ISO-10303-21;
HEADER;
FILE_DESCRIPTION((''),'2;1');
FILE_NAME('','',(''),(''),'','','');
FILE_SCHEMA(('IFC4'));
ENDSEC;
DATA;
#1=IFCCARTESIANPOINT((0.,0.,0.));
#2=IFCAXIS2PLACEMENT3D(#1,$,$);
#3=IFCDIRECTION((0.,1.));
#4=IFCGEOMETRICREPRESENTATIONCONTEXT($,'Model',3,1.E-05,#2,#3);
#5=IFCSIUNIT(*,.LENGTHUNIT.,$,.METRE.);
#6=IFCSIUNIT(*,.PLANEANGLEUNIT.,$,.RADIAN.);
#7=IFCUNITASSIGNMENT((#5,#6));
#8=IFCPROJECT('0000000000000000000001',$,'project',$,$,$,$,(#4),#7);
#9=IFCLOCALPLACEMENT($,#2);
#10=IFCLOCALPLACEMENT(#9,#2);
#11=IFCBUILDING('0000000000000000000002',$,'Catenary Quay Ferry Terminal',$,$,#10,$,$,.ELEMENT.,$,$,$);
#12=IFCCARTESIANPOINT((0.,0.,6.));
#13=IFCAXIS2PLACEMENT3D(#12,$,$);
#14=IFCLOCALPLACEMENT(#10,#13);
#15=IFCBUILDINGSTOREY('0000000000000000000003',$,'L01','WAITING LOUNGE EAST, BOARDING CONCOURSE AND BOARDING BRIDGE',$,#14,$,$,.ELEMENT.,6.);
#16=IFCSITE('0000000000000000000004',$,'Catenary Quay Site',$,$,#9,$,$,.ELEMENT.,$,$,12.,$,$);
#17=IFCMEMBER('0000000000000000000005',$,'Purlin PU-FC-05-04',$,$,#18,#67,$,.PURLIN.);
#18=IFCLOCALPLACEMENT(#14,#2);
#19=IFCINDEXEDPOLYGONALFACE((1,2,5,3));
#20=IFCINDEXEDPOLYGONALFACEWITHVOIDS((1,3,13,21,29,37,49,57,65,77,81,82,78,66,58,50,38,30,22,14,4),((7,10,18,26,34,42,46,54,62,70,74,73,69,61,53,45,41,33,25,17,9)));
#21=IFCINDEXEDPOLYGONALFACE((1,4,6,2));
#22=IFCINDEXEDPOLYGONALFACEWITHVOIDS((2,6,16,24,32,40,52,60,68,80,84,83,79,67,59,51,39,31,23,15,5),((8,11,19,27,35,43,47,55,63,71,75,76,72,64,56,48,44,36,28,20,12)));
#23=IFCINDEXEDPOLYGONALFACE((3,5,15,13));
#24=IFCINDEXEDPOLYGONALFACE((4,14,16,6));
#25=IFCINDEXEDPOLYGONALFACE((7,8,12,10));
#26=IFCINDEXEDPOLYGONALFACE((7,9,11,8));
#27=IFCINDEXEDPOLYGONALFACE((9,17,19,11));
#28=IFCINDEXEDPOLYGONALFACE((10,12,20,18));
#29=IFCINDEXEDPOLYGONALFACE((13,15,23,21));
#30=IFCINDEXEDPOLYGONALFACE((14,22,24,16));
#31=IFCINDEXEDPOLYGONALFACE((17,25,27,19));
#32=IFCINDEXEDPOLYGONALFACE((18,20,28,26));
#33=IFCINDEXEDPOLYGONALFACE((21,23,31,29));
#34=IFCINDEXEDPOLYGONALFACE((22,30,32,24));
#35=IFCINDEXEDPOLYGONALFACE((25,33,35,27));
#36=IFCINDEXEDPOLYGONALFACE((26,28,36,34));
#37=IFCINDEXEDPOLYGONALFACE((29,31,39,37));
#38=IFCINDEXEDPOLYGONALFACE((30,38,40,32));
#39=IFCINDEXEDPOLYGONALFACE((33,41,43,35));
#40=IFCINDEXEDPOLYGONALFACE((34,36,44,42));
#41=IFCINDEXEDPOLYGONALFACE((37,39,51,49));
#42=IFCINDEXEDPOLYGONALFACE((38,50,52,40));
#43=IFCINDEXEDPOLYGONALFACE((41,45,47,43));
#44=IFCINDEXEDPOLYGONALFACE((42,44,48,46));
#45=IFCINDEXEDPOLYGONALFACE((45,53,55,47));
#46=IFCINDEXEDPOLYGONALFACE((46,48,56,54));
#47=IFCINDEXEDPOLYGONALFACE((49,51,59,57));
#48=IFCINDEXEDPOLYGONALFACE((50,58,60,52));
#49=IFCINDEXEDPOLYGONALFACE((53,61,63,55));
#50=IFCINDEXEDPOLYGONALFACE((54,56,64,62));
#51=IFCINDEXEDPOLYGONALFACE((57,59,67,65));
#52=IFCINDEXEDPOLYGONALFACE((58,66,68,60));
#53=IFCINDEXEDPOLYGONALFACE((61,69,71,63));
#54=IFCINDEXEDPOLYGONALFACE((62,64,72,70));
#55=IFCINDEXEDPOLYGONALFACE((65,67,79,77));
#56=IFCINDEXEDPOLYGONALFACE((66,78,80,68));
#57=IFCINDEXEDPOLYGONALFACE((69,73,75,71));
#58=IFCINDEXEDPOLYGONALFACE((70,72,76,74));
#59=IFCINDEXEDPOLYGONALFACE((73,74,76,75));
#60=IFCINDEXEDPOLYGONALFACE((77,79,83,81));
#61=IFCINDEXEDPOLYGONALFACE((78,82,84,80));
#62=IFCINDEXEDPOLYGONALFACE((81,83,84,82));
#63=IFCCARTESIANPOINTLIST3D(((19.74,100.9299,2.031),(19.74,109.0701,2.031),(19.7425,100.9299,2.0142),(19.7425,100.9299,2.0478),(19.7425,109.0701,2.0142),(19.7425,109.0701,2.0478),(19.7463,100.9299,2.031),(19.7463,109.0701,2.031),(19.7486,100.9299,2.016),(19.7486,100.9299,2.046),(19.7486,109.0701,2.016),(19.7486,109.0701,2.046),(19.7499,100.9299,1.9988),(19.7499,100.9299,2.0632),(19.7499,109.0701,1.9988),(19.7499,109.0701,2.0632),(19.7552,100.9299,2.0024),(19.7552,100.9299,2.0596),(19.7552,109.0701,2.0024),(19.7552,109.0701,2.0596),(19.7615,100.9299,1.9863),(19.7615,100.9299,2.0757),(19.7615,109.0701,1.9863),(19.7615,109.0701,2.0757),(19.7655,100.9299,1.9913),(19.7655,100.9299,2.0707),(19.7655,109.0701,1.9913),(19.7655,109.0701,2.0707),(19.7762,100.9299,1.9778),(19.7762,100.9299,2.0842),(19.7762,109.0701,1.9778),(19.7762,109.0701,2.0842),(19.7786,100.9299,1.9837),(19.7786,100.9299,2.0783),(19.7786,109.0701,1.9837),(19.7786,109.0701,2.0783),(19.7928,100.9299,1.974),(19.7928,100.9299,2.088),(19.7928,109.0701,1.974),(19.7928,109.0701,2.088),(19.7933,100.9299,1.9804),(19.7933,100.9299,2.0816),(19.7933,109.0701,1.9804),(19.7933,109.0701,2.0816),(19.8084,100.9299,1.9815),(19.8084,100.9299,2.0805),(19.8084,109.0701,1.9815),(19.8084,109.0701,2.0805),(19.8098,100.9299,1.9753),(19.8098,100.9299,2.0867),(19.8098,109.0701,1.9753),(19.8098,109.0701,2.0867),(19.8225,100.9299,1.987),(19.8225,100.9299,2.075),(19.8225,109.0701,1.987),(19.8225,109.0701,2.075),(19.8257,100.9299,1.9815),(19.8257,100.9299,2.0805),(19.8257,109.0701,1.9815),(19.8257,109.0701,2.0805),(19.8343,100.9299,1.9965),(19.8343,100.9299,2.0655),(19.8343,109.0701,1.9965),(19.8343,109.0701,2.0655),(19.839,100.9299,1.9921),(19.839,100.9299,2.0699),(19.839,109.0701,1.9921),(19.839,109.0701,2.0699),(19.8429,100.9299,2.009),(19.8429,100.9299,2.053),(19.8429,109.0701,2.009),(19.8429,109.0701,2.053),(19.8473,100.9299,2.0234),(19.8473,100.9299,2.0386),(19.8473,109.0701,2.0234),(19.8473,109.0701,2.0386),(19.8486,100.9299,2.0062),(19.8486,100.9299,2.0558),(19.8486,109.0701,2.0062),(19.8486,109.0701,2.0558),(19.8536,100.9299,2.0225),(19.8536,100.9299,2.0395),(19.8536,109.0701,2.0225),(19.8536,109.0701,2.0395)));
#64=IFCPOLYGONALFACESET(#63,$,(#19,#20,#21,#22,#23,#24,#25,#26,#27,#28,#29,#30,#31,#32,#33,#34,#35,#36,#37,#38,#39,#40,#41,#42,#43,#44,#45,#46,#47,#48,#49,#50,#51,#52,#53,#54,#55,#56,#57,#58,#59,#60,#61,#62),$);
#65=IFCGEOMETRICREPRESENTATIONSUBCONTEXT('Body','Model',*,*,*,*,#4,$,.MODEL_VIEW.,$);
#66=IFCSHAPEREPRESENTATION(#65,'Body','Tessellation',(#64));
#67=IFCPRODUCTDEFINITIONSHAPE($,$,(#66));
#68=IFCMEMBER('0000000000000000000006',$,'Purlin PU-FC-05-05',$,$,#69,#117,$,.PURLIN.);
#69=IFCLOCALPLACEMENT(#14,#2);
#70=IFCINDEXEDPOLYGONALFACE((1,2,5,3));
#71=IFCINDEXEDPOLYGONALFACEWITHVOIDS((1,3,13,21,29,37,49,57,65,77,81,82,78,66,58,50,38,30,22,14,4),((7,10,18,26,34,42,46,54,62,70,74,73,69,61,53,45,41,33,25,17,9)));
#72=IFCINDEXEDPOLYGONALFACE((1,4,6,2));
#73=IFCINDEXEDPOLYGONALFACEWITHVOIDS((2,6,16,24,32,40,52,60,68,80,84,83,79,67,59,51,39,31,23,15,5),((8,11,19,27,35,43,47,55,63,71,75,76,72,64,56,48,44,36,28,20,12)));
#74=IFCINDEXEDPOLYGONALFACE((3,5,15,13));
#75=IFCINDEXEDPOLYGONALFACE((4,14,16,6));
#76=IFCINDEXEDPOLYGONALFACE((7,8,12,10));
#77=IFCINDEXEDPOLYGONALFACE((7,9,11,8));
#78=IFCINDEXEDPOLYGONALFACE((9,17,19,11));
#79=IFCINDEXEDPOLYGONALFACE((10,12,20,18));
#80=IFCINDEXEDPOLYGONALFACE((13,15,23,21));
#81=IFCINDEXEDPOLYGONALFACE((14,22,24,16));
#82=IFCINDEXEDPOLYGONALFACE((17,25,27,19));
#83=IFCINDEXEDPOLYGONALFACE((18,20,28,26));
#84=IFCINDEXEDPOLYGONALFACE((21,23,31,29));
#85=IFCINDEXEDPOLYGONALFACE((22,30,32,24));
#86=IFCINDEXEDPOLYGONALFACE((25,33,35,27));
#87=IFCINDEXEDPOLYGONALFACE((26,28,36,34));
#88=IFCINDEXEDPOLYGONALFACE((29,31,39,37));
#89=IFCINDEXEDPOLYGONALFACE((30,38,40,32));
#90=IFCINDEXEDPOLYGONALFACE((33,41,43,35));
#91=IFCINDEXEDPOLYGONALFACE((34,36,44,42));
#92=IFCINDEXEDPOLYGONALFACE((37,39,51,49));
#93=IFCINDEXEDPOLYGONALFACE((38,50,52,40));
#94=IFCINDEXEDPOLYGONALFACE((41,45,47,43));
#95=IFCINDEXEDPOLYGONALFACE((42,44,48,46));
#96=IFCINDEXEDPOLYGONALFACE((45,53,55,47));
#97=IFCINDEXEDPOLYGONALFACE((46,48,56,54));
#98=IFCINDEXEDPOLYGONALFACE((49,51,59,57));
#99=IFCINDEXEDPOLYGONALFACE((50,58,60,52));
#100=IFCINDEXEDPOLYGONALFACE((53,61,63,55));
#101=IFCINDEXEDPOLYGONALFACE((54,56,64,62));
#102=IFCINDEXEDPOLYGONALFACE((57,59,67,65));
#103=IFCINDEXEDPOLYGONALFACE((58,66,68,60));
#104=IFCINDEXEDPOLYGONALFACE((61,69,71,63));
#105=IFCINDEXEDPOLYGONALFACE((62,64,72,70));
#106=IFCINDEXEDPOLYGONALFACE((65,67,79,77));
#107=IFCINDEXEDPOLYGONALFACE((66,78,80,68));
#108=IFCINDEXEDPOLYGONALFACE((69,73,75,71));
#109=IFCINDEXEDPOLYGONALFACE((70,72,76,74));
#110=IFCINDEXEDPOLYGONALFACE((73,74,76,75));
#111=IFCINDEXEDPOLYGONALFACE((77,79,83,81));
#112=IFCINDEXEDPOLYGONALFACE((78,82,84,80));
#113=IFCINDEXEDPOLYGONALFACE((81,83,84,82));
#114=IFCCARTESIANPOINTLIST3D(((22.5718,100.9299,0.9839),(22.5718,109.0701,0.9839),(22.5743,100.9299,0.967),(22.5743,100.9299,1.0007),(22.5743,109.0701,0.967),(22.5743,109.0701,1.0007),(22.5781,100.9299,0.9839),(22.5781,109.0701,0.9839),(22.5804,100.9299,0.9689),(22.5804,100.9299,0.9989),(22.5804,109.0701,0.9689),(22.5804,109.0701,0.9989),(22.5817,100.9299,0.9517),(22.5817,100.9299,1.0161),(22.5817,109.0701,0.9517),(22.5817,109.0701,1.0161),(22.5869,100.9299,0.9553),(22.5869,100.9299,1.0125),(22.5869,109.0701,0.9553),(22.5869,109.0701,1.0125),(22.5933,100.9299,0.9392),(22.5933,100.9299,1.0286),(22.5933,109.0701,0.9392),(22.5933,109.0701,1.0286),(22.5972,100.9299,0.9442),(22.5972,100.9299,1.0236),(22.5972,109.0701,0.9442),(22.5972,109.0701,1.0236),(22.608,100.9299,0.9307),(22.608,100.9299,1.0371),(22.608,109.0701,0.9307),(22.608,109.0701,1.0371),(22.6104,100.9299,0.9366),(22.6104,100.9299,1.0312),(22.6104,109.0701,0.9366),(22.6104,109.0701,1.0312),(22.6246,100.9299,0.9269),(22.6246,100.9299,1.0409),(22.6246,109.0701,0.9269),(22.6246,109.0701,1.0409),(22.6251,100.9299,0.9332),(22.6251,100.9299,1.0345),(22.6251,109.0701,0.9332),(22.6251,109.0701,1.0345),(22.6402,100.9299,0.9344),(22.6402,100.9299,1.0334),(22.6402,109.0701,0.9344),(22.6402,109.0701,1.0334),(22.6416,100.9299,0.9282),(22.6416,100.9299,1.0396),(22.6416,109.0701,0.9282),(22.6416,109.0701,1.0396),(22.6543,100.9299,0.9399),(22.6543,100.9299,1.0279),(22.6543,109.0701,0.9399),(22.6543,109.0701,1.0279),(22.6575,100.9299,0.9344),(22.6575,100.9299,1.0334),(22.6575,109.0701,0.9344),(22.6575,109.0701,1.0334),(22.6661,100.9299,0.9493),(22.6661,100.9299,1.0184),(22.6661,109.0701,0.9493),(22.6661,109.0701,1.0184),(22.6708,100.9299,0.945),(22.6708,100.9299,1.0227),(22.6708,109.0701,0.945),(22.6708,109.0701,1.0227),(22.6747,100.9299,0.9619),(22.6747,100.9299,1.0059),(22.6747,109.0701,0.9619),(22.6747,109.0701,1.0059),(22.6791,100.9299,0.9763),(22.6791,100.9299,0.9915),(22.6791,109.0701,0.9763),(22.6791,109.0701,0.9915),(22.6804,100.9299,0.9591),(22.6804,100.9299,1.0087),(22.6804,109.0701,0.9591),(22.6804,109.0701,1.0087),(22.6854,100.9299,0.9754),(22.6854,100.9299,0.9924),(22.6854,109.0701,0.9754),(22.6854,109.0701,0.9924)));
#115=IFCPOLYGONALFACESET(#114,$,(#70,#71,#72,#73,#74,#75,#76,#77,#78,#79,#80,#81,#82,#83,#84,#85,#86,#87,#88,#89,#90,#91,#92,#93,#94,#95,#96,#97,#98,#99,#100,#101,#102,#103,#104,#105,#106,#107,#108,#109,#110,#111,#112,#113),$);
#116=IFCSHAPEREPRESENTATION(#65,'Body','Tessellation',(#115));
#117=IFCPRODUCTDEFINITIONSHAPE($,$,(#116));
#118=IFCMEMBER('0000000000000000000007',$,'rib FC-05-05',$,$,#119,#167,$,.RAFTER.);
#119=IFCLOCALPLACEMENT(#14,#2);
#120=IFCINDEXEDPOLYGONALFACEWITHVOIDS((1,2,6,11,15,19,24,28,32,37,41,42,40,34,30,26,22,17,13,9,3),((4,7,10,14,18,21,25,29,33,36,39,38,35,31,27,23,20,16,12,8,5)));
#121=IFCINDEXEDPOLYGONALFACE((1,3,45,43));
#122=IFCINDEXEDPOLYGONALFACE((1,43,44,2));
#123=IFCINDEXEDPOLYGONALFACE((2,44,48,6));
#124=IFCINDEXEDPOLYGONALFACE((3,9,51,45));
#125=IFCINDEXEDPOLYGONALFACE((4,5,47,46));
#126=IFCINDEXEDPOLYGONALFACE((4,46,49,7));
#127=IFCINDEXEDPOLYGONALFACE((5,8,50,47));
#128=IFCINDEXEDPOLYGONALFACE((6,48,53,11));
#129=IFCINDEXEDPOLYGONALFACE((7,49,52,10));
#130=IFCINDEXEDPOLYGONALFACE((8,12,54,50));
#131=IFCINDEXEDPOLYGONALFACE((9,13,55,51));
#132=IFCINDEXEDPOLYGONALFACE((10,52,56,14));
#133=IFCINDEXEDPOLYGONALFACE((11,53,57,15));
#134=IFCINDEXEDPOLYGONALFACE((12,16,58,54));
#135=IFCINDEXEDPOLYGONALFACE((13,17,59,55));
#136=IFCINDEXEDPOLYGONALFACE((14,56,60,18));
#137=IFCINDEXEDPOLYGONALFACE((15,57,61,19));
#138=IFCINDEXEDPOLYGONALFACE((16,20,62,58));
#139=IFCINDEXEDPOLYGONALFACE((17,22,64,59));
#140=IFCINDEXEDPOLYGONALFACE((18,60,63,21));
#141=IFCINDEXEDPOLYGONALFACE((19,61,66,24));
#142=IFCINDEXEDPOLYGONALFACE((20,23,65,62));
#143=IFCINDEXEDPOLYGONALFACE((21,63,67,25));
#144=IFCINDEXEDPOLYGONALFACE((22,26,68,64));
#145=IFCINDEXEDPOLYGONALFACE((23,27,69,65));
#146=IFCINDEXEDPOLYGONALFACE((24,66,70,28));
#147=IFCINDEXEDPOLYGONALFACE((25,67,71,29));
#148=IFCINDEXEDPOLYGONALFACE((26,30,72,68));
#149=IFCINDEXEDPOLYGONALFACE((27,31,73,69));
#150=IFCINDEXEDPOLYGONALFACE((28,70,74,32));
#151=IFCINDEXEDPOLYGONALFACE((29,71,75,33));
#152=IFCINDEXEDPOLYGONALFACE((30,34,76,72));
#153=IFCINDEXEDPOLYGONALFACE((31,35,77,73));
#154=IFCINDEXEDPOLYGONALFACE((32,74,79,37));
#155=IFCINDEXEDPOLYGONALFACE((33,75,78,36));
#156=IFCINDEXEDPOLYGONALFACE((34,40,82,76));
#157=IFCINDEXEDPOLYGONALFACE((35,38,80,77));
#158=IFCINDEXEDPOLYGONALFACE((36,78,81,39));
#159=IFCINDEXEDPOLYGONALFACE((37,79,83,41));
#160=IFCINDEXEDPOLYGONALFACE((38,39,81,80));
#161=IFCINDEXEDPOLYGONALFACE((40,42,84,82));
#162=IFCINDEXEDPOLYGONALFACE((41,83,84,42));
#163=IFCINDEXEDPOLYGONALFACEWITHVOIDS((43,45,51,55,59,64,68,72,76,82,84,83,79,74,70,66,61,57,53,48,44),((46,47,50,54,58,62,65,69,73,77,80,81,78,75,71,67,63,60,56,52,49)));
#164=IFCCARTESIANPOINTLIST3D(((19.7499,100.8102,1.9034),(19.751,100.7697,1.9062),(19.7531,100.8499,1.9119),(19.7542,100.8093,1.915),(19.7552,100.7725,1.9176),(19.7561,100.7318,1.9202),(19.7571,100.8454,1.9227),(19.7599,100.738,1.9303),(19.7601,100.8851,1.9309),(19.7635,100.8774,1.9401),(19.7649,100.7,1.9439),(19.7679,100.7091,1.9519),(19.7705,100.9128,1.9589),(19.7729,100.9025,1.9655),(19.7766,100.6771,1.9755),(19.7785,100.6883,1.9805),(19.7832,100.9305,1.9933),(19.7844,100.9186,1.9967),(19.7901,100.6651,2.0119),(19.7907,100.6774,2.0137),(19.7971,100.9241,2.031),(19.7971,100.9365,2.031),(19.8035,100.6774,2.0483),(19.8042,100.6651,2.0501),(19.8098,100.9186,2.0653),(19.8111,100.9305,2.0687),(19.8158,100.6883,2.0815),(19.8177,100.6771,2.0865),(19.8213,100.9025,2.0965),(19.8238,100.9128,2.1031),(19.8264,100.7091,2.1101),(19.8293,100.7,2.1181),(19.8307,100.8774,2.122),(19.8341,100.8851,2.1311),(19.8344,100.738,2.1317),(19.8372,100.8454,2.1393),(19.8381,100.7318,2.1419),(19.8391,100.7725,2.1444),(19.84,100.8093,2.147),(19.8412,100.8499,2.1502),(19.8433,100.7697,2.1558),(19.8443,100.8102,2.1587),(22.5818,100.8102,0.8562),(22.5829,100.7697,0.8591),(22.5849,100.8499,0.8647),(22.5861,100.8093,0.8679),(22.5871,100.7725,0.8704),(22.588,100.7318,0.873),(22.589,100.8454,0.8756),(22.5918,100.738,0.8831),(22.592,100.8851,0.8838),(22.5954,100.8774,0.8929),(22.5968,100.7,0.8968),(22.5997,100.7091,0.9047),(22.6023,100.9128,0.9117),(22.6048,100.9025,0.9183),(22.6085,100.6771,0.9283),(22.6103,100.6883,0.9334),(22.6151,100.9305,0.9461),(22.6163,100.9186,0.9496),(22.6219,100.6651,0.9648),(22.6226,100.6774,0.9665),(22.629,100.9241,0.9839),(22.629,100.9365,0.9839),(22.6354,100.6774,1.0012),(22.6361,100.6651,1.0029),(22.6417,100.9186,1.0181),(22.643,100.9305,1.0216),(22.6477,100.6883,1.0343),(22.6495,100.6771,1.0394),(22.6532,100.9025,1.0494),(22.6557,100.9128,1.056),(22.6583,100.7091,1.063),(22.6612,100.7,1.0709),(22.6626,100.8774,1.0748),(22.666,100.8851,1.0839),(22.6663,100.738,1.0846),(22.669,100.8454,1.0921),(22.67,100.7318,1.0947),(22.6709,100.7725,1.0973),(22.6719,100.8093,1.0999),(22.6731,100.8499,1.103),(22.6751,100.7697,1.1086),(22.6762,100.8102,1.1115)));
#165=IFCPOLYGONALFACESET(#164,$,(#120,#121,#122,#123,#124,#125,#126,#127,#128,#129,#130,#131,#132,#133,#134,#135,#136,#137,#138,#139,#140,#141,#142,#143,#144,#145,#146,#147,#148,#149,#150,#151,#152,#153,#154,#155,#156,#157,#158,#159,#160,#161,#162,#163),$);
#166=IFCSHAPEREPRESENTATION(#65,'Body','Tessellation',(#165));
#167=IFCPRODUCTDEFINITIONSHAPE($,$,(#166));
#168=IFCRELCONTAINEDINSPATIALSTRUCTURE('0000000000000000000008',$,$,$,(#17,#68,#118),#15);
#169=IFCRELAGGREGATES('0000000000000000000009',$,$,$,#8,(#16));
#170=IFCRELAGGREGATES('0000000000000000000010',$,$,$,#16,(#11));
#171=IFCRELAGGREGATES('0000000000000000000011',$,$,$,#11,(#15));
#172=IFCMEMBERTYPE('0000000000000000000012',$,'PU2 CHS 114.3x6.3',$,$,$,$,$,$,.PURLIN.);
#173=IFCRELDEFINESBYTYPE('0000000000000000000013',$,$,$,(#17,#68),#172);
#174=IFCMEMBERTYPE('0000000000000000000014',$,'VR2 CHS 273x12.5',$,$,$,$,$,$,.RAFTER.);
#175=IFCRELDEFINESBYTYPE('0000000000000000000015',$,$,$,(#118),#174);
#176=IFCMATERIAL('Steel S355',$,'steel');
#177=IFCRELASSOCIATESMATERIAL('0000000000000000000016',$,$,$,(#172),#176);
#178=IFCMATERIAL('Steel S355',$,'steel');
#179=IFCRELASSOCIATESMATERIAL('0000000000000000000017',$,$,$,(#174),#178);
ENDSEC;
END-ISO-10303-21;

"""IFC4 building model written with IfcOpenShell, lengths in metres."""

from ifc_helpers import new_model, si_unit, direction, frame, origin, origin_2d, place, context, subcontext, project, spatial, hollow_circle, extrude, material, material_profile, profile_set, type_object, element, save


model = new_model("IFC4")

# Units and contexts
model_context = context("Model", 3, precision=1e-05, world=origin(), true_north=direction((0.0, 1.0)))
body_context = subcontext(model_context, "Body", "Model", "MODEL_VIEW")
ifc_project = project(units=[si_unit("LENGTHUNIT", "METRE"), si_unit("PLANEANGLEUNIT", "RADIAN")], contexts=[model_context])

# Site, building, storey
site_placement = place(None, origin())
site = spatial("IfcSite", under=ifc_project, at=site_placement, Name="Catenary Quay Site", CompositionType="ELEMENT", RefElevation=12.0)
building_placement = place(site_placement, origin())
building = spatial("IfcBuilding", under=site, at=building_placement, Name="Catenary Quay Ferry Terminal", CompositionType="ELEMENT")
storey_placement = place(building_placement, frame((0.0, 0.0, 6.0)))
storey = spatial("IfcBuildingStorey", under=building, at=storey_placement, Name="L01", Description="WAITING LOUNGE EAST, BOARDING CONCOURSE AND BOARDING BRIDGE", CompositionType="ELEMENT", Elevation=6.0)

# Members
ifc_material_1 = material(Name="Steel S355", Category="steel")
ifc_material_profile_1 = material_profile(ifc_material_1, hollow_circle(Radius=0.0571, WallThickness=0.0063, at=origin_2d()), Name="CHS 114.3x6.3")
ifc_profile_set_1 = profile_set([ifc_material_profile_1], Name="Steel S355")
member_type_1 = type_object("IfcMemberType", Name="PU2 CHS 114.3x6.3", PredefinedType="PURLIN", material=ifc_profile_set_1)
for number, where, z_axis, x_axis, name in (
    (1, (19.7971, 100.9299, 2.031), (0.0, 1.0, 0.0), (-1.0, 0.0, 0.0), "Purlin PU-FC-05-04"),
    (2, (22.6289, 100.9299, 0.9839), (0.0, 1.0, 0.0), (-1.0, 0.0, 0.0), "Purlin PU-FC-05-05"),
):
    element("IfcMember", number, at=place(storey_placement, frame(where, z_axis=z_axis, x_axis=x_axis)), inside=storey, type_object=member_type_1, Name=name, PredefinedType="PURLIN", context=body_context, shape_type="SweptSolid", body=[
        extrude(hollow_circle(Radius=0.0571, WallThickness=0.0063, at=origin_2d()), origin(), (0.0, 0.0, 1.0), 8.1401),
    ])
ifc_material_2 = material(Name="Steel S355", Category="steel")
ifc_material_profile_2 = material_profile(ifc_material_2, hollow_circle(Radius=0.1365, WallThickness=0.0125, at=origin_2d()), Name="CHS 273x12.5")
ifc_profile_set_2 = profile_set([ifc_material_profile_2], Name="Steel S355")
member_type_2 = type_object("IfcMemberType", Name="VR2 CHS 273x12.5", PredefinedType="RAFTER", material=ifc_profile_set_2)
member_1_placement = place(storey_placement, frame((19.7971, 100.8, 2.031), z_axis=(0.937931, 0.0, -0.346822), x_axis=(0.0, 1.0, 0.0)))
element("IfcMember", 3, at=member_1_placement, inside=storey, type_object=member_type_2, Name="rib FC-05-05", PredefinedType="RAFTER", context=body_context, shape_type="SweptSolid", body=[
    extrude(hollow_circle(Radius=0.1365, WallThickness=0.0125, at=origin_2d()), origin(), (0.0, 0.0, 1.0), 3.0193),
])

save(model, "model.ifc")
